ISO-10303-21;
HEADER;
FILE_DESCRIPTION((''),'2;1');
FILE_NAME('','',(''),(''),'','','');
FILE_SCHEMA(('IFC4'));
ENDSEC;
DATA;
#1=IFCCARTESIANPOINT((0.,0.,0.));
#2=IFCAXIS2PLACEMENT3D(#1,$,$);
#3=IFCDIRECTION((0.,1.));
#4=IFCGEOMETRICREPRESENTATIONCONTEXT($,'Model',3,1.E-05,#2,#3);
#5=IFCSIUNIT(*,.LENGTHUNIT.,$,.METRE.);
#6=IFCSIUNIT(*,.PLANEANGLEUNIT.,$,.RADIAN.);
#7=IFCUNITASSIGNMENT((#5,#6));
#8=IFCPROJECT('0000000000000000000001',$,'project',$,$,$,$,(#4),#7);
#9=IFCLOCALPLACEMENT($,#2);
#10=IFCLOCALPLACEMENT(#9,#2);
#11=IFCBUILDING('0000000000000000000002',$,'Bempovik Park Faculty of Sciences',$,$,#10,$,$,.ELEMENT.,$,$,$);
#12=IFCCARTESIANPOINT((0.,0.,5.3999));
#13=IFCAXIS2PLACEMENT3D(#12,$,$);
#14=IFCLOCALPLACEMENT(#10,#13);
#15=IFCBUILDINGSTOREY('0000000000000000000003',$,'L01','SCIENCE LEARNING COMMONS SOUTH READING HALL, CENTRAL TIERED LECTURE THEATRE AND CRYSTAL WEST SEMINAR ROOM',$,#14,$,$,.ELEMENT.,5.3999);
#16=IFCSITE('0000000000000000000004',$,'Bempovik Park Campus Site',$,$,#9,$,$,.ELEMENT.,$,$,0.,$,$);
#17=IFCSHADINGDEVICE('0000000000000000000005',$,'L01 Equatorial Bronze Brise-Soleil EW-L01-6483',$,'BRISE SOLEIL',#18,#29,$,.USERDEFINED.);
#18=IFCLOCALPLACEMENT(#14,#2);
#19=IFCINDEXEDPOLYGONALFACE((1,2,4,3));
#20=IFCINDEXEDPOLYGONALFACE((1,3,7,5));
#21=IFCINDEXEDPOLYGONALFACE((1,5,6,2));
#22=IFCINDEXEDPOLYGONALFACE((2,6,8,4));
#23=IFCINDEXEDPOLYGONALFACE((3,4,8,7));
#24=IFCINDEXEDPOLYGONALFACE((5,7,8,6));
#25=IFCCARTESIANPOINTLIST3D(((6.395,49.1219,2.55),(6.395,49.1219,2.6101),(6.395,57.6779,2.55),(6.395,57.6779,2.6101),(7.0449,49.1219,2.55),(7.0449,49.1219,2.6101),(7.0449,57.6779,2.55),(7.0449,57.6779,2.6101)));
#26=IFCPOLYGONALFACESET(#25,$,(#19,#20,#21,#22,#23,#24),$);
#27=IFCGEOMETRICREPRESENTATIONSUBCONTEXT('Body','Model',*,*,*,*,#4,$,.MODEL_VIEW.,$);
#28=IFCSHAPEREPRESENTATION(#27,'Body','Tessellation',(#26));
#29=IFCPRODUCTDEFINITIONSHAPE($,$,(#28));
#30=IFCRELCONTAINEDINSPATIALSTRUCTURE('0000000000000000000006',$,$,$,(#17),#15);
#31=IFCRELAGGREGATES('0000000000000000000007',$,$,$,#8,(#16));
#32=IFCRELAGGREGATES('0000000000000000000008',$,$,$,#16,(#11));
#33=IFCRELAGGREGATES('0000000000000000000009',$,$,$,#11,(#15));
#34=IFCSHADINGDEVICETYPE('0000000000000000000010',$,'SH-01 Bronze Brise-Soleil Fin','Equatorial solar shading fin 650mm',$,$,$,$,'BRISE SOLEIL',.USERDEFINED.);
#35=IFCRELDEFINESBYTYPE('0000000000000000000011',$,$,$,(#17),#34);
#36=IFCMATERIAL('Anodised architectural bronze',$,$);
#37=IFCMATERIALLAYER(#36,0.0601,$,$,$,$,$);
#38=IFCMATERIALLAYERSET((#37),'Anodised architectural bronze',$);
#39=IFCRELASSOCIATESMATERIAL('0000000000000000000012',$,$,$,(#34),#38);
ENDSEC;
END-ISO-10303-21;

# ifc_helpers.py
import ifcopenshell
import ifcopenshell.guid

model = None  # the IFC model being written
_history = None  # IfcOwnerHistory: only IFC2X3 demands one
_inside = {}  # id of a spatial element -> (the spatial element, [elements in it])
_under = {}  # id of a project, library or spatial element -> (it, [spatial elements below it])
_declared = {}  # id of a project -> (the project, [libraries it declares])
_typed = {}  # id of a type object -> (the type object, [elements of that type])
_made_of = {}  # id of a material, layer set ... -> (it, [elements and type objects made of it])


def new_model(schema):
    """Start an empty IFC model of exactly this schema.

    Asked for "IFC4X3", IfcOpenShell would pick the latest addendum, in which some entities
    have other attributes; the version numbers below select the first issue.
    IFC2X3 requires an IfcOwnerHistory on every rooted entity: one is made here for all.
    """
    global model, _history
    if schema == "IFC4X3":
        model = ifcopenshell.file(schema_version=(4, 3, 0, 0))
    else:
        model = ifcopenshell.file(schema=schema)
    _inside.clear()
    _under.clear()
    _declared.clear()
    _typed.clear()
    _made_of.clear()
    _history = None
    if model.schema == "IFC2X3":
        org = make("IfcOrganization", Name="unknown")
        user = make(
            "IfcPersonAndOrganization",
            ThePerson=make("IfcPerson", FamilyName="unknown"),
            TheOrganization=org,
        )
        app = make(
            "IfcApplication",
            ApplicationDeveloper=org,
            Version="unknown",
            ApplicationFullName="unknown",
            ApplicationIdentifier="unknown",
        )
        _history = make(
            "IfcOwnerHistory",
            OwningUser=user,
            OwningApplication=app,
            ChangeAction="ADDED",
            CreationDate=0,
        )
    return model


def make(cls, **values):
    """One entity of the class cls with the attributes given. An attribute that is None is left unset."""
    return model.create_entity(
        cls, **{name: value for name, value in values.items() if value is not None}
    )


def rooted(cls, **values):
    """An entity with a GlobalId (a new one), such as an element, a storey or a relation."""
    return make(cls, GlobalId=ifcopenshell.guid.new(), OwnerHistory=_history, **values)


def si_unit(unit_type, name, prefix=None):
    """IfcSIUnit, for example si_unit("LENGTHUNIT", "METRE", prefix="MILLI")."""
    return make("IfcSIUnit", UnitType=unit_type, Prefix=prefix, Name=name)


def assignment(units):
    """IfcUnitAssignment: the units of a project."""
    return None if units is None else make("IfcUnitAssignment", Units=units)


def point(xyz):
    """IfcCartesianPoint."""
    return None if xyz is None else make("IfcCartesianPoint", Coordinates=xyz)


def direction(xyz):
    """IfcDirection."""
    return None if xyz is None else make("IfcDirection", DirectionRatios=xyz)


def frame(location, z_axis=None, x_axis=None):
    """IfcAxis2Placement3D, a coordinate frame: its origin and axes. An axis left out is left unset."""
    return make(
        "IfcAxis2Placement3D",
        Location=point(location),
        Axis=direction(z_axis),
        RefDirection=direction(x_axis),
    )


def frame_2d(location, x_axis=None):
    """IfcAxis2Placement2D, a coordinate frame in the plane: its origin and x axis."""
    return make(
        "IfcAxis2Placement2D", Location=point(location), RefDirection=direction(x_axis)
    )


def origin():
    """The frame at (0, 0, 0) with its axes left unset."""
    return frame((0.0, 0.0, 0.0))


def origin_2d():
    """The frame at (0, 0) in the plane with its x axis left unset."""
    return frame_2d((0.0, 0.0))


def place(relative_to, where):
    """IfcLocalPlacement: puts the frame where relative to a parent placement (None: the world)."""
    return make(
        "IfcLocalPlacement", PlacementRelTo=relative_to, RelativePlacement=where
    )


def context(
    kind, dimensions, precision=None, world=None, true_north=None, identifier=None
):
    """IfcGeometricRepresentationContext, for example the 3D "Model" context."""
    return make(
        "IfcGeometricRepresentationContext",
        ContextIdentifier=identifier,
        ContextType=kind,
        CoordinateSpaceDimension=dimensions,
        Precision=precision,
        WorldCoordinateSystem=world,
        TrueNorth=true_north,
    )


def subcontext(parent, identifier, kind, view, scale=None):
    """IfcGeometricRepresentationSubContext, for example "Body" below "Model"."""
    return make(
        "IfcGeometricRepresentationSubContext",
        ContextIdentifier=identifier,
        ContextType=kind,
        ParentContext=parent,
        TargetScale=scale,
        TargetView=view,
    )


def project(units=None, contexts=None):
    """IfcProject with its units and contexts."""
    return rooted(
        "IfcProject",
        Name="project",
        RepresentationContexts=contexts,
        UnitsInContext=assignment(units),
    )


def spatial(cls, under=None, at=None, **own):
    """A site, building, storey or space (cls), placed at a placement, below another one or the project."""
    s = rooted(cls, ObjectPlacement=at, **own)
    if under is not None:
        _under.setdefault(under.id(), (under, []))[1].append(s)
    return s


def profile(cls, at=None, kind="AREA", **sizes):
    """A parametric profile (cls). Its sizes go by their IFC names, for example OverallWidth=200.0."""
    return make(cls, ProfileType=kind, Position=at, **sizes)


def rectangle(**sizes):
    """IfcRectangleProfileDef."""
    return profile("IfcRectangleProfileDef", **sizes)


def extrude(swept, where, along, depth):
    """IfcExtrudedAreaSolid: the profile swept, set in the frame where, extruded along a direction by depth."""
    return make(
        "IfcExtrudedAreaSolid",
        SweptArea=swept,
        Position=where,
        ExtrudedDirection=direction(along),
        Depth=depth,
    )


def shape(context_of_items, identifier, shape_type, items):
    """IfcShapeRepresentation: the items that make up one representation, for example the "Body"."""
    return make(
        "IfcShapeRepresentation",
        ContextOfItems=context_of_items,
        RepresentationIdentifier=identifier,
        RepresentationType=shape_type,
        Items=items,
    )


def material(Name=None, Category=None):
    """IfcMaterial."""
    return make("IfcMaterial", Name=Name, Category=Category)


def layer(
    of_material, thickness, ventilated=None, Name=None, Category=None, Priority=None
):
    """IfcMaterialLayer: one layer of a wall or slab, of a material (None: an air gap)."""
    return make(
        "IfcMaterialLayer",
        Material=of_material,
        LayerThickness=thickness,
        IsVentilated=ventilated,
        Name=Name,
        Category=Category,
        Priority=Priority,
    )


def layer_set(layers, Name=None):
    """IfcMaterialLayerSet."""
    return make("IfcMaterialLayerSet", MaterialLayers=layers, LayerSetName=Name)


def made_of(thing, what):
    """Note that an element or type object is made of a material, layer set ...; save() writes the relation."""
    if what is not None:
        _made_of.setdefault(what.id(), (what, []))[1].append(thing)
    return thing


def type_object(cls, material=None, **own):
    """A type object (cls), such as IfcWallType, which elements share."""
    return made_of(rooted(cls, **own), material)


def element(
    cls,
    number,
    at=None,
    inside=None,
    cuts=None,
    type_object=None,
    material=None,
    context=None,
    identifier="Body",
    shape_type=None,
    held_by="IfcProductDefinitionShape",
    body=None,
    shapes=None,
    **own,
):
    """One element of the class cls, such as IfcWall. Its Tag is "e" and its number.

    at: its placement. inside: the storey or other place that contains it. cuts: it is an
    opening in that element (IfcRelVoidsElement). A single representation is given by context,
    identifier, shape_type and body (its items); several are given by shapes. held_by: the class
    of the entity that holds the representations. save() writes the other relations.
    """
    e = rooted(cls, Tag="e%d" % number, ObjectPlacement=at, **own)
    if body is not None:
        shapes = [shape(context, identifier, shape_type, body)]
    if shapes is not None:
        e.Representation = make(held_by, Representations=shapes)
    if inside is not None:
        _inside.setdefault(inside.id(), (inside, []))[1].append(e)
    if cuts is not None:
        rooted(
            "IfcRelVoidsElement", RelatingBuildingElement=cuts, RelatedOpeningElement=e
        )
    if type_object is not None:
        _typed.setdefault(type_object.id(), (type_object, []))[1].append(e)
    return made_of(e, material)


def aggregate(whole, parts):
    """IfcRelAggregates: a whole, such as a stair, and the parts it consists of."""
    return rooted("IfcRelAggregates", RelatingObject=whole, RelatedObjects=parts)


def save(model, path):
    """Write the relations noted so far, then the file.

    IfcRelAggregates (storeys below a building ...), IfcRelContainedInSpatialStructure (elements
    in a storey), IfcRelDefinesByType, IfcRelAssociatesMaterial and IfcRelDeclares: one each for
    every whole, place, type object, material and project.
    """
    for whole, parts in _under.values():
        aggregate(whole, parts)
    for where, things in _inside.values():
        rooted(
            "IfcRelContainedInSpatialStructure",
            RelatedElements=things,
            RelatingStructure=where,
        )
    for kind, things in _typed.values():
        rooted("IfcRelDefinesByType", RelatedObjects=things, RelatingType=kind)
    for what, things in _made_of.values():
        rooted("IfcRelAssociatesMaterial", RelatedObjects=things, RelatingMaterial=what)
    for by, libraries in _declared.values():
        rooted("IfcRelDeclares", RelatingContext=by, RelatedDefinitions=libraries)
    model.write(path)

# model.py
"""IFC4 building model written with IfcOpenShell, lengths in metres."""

from ifc_helpers import new_model, si_unit, direction, frame, origin, origin_2d, place, context, subcontext, project, spatial, rectangle, extrude, material, layer, layer_set, type_object, element, save


model = new_model("IFC4")

# Units and contexts
model_context = context("Model", 3, precision=1e-05, world=origin(), true_north=direction((0.0, 1.0)))
body_context = subcontext(model_context, "Body", "Model", "MODEL_VIEW")
ifc_project = project(units=[si_unit("LENGTHUNIT", "METRE"), si_unit("PLANEANGLEUNIT", "RADIAN")], contexts=[model_context])

# Site, building, storey
site_placement = place(None, origin())
site = spatial("IfcSite", under=ifc_project, at=site_placement, Name="Bempovik Park Campus Site", CompositionType="ELEMENT", RefElevation=0.0)
building_placement = place(site_placement, origin())
building = spatial("IfcBuilding", under=site, at=building_placement, Name="Bempovik Park Faculty of Sciences", CompositionType="ELEMENT")
storey_placement = place(building_placement, frame((0.0, 0.0, 5.3999)))
storey = spatial("IfcBuildingStorey", under=building, at=storey_placement, Name="L01", Description="SCIENCE LEARNING COMMONS SOUTH READING HALL, CENTRAL TIERED LECTURE THEATRE AND CRYSTAL WEST SEMINAR ROOM", CompositionType="ELEMENT", Elevation=5.3999)

# Shading device
ifc_material_1 = material(Name="Anodised architectural bronze")
ifc_layer_1 = layer(ifc_material_1, 0.0601)
ifc_layer_set_1 = layer_set([ifc_layer_1], Name="Anodised architectural bronze")
shading_device_type = type_object("IfcShadingDeviceType", Name="SH-01 Bronze Brise-Soleil Fin", Description="Equatorial solar shading fin 650mm", ElementType="BRISE SOLEIL", PredefinedType="USERDEFINED", material=ifc_layer_set_1)
shading_device_placement = place(storey_placement, frame((6.72, 53.3999, 2.55), z_axis=(0.0, 0.0, 1.0), x_axis=(1.0, 0.0, 0.0)))
element("IfcShadingDevice", 1, at=shading_device_placement, inside=storey, type_object=shading_device_type, Name="L01 Equatorial Bronze Brise-Soleil EW-L01-6483", ObjectType="BRISE SOLEIL", PredefinedType="USERDEFINED", context=body_context, shape_type="SweptSolid", body=[
    extrude(rectangle(XDim=0.6499, YDim=8.5559, at=origin_2d()), origin(), (0.0, 0.0, 1.0), 0.0601),
])

save(model, "model.ifc")
